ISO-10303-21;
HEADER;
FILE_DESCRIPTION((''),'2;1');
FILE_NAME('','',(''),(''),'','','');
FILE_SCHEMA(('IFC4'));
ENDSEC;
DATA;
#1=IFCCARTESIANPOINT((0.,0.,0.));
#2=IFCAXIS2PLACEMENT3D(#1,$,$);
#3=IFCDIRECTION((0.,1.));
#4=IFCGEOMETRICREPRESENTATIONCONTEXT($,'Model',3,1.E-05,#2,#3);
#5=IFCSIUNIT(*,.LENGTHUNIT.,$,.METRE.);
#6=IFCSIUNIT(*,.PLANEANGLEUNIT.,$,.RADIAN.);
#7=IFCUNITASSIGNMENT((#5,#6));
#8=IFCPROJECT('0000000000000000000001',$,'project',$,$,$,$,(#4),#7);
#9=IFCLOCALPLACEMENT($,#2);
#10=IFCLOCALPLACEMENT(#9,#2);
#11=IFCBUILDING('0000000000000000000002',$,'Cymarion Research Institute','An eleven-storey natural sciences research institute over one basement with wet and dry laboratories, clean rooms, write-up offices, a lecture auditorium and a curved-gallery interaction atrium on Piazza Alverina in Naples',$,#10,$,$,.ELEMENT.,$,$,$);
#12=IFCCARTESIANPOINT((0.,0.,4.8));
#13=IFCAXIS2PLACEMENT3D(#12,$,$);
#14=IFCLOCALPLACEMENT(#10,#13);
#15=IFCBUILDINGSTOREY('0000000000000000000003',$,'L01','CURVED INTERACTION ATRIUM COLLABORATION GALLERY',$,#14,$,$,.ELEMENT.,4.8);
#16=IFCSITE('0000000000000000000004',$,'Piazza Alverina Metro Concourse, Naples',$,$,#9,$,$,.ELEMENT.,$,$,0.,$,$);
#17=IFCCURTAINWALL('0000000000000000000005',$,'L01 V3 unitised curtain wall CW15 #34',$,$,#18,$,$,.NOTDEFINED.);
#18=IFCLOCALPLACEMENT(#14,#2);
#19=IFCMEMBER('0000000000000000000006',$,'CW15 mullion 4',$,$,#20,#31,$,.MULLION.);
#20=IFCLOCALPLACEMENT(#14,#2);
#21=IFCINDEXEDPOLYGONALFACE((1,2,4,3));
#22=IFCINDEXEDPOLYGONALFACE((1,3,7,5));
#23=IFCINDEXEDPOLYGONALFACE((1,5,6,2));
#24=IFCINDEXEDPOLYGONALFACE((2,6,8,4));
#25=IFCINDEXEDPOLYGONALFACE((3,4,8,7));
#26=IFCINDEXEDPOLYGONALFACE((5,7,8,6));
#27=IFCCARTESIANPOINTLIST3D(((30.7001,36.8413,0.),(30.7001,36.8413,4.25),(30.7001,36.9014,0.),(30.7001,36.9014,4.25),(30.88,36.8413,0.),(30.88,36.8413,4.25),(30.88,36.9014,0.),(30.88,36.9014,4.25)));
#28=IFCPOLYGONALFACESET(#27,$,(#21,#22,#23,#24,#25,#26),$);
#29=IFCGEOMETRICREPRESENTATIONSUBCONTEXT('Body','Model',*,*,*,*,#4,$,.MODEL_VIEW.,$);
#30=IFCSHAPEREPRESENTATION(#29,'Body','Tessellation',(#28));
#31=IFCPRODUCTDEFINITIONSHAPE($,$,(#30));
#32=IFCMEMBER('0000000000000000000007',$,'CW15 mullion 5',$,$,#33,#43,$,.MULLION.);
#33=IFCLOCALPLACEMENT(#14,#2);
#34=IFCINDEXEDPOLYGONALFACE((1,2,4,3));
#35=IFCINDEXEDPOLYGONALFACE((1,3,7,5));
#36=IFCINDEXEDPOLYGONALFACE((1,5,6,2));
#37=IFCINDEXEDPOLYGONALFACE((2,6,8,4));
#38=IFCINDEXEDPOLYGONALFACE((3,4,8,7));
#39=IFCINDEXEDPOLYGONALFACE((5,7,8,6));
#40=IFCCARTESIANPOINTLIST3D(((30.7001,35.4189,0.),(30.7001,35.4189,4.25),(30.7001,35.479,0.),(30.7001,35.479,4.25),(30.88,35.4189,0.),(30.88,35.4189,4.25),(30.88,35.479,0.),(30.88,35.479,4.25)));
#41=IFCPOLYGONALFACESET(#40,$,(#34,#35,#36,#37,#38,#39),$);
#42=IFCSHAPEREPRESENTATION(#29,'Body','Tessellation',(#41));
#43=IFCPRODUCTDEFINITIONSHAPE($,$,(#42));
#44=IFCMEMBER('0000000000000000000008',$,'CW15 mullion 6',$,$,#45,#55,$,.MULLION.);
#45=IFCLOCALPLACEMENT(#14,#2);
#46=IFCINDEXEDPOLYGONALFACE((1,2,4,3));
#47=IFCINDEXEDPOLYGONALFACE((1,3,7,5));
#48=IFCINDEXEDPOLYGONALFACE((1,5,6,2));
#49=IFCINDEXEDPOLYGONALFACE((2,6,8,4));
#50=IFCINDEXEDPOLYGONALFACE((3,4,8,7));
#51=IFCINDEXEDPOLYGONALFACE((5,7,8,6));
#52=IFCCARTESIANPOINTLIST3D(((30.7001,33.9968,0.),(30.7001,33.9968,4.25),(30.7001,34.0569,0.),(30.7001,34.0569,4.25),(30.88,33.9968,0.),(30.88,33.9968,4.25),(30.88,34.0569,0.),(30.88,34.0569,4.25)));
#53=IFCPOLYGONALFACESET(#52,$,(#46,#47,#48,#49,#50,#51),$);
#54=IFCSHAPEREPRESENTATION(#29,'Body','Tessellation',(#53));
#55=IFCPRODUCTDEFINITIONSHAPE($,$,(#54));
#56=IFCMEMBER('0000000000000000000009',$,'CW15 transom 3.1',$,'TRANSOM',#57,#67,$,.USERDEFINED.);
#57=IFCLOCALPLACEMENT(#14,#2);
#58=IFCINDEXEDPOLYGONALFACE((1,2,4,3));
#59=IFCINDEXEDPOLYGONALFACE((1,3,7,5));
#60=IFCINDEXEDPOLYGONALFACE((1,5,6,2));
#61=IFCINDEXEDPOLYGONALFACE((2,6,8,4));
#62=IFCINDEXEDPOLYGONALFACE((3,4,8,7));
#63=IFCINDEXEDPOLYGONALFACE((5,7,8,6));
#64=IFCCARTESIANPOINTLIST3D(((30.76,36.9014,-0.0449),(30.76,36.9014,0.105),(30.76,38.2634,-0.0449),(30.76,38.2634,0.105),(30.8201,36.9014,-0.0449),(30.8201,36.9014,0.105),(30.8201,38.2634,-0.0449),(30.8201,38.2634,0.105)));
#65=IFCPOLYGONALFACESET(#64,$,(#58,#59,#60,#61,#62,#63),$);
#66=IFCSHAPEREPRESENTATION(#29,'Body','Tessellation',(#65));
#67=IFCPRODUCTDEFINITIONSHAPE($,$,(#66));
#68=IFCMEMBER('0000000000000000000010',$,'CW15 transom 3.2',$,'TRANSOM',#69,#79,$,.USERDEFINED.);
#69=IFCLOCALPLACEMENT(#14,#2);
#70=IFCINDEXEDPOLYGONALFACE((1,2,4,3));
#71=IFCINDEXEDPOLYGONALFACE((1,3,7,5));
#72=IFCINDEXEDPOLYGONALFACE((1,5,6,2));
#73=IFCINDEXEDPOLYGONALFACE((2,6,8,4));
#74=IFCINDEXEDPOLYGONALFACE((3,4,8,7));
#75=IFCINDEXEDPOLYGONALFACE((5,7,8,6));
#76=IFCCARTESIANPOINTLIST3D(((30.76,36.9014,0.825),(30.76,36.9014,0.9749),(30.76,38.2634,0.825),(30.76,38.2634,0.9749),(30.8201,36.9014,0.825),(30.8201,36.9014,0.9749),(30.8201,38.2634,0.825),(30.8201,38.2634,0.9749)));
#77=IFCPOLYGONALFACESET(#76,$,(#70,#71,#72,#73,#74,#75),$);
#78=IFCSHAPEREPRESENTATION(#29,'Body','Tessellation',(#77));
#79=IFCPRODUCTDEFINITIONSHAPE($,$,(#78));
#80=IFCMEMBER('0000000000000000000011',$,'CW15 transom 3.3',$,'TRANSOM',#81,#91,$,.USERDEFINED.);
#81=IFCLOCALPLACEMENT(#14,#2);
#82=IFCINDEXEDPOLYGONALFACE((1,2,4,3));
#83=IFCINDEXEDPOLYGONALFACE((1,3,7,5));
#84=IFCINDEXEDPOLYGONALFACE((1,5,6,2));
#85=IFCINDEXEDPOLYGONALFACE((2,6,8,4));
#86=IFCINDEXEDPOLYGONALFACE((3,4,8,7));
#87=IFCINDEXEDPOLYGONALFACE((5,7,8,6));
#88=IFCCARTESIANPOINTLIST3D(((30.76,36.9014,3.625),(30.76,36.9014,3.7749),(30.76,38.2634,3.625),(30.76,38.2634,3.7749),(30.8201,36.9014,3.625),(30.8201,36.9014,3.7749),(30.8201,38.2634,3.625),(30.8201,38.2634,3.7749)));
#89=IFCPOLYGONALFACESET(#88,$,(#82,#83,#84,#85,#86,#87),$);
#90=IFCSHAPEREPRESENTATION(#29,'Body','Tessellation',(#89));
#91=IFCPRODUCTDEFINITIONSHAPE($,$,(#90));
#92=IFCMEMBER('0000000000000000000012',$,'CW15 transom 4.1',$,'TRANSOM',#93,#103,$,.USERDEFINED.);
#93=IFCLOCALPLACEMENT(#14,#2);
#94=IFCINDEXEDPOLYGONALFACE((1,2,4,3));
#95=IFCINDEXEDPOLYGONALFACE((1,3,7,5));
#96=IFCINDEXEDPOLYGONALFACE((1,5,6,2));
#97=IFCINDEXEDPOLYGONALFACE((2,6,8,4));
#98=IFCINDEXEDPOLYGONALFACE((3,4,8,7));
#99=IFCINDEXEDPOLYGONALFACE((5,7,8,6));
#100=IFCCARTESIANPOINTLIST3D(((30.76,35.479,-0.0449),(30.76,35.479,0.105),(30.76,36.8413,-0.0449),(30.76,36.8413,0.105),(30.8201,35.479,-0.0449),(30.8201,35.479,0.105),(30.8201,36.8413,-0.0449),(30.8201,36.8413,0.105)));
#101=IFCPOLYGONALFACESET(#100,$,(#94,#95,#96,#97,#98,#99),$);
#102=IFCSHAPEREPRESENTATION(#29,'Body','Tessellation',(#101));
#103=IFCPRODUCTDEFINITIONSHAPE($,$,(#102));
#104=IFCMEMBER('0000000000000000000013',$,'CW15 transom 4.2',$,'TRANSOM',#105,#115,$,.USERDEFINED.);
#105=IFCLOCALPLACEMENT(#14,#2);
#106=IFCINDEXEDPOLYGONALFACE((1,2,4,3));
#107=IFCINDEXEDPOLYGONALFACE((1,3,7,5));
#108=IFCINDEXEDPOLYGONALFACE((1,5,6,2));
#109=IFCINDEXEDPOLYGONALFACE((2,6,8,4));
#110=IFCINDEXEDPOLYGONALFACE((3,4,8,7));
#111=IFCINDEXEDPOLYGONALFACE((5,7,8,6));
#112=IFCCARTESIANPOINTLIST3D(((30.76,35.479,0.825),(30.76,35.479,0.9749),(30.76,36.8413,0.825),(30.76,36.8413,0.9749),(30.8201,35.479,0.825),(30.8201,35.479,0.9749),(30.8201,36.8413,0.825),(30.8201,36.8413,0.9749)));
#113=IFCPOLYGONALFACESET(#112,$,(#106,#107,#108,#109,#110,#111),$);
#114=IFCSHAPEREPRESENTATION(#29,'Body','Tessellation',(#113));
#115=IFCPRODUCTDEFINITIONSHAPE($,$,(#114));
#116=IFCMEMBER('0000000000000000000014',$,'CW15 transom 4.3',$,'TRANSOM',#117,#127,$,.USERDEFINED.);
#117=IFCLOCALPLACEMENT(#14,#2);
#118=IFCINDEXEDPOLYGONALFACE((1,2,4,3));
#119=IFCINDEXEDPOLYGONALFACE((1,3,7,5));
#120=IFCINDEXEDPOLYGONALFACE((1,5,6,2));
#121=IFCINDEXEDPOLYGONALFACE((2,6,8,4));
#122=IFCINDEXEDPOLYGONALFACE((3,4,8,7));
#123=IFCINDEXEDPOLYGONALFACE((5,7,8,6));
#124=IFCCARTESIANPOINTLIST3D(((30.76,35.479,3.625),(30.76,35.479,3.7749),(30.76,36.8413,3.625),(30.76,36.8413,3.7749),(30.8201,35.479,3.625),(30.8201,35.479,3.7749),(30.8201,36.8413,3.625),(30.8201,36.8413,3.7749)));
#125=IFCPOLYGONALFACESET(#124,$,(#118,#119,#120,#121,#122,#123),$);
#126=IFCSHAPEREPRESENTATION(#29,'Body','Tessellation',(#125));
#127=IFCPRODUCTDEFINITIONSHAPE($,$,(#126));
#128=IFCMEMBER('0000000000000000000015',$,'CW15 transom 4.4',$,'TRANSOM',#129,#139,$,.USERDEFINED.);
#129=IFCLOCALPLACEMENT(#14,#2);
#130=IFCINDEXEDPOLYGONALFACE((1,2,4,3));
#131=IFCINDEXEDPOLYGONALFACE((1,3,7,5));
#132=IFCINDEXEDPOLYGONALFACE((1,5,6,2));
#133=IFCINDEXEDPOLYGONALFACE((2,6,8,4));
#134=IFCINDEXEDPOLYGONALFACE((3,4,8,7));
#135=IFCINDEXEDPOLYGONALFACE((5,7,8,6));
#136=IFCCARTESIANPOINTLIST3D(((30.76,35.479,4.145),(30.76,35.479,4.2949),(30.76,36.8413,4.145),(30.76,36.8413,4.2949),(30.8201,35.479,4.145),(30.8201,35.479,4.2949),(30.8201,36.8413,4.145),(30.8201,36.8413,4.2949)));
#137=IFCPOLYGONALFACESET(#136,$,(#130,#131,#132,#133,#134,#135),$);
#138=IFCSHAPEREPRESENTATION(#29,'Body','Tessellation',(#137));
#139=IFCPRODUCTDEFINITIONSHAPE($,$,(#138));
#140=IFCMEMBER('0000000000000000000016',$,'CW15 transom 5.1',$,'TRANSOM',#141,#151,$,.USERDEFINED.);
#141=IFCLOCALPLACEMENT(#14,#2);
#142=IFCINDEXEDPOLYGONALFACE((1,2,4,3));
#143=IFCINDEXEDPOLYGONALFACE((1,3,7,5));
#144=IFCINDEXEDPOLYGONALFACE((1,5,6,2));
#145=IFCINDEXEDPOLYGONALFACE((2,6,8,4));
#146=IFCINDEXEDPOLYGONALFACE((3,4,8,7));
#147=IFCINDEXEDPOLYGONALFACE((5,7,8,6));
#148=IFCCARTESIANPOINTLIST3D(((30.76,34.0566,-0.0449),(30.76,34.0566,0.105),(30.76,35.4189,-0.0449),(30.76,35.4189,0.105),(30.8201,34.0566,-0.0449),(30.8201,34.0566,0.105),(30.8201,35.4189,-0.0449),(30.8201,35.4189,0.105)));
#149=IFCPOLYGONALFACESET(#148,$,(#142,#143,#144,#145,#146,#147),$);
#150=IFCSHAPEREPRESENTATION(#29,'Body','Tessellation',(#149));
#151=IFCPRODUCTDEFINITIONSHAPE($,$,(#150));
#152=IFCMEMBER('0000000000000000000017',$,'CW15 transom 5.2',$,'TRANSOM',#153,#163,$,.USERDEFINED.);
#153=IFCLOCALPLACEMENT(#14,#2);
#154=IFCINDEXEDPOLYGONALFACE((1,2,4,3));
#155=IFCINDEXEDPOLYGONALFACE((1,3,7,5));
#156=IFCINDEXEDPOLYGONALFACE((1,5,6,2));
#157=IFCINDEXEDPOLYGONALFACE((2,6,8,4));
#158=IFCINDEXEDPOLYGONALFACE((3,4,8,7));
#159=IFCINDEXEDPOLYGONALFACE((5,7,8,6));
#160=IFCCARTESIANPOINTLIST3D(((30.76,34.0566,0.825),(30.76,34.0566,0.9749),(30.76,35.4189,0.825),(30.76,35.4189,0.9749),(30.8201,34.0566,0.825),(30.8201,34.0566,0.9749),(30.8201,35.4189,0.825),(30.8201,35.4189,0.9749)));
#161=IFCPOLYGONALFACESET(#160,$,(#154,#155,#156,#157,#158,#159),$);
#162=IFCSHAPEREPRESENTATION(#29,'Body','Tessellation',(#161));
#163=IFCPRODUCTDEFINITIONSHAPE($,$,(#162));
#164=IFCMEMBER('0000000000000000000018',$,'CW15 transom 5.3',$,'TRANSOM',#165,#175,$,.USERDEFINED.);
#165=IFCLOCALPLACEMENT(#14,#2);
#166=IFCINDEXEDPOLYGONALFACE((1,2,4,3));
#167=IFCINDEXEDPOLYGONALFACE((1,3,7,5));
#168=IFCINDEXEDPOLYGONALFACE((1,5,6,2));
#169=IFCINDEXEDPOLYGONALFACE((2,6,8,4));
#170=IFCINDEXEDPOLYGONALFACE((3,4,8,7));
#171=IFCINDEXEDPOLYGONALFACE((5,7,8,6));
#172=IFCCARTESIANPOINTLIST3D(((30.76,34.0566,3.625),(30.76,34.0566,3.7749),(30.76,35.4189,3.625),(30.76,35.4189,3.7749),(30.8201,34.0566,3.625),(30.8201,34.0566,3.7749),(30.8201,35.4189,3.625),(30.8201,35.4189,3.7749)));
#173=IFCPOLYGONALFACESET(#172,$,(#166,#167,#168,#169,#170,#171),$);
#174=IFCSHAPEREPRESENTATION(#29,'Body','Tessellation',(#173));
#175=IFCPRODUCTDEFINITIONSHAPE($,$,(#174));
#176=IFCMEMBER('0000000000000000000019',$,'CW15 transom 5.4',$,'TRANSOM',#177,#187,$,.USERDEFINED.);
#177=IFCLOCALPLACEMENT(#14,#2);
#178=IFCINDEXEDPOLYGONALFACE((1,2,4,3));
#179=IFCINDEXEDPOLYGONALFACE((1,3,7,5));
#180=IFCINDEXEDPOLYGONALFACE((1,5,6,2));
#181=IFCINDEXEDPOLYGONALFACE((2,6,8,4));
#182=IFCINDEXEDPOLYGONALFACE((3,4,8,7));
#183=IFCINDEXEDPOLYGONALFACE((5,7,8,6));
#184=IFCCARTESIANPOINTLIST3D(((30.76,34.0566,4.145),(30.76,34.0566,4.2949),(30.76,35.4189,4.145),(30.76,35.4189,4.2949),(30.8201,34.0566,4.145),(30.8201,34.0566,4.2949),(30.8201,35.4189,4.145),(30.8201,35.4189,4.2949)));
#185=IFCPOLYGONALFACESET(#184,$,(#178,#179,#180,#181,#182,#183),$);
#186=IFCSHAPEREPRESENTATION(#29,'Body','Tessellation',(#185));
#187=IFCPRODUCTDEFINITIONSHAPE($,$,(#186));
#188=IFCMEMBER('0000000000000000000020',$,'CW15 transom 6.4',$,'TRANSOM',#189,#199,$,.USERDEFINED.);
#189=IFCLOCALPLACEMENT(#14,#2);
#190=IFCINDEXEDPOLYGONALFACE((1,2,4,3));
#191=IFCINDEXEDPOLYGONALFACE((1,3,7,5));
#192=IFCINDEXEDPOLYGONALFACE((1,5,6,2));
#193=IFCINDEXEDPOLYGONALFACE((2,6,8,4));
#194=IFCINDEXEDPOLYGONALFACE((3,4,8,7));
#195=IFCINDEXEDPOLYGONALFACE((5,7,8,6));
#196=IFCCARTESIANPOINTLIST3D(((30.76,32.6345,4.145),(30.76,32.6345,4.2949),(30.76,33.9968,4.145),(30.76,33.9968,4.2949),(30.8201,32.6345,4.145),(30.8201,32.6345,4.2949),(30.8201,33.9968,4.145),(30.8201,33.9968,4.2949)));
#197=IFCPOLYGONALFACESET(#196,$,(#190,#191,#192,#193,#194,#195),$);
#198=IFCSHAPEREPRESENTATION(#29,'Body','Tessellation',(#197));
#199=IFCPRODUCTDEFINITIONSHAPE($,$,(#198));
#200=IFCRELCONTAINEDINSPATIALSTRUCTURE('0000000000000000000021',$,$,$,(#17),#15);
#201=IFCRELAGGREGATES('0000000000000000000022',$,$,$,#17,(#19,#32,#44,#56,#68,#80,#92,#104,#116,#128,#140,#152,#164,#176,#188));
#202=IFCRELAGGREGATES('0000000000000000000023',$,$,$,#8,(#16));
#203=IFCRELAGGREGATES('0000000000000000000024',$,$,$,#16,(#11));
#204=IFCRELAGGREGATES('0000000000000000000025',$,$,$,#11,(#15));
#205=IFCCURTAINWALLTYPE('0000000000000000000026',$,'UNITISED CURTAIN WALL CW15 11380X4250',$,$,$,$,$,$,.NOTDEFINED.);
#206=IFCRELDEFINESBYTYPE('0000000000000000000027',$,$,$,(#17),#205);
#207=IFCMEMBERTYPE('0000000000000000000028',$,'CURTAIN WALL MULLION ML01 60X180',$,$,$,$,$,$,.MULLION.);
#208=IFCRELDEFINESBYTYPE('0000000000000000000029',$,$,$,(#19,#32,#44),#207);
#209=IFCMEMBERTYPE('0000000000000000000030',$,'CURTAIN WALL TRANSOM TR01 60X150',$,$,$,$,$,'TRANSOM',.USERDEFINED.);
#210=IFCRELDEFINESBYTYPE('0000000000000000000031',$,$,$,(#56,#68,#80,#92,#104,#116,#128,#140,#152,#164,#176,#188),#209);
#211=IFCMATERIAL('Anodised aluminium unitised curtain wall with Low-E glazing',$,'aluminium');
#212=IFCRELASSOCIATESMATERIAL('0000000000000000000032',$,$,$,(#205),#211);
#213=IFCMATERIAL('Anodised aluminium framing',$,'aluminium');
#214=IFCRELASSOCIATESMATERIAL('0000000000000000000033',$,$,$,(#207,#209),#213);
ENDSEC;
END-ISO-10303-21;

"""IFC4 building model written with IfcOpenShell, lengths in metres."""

from ifc_helpers import new_model, si_unit, direction, frame, origin, origin_2d, place, context, subcontext, project, spatial, rectangle, extrude, material, material_profile, profile_set, type_object, element, aggregate, save


model = new_model("IFC4")

# Units and contexts
model_context = context("Model", 3, precision=1e-05, world=origin(), true_north=direction((0.0, 1.0)))
body_context = subcontext(model_context, "Body", "Model", "MODEL_VIEW")
ifc_project = project(units=[si_unit("LENGTHUNIT", "METRE"), si_unit("PLANEANGLEUNIT", "RADIAN")], contexts=[model_context])

# Site, building, storey
site_placement = place(None, origin())
site = spatial("IfcSite", under=ifc_project, at=site_placement, Name="Piazza Alverina Metro Concourse, Naples", CompositionType="ELEMENT", RefElevation=0.0)
building_placement = place(site_placement, origin())
building = spatial("IfcBuilding", under=site, at=building_placement, Name="Cymarion Research Institute", Description="An eleven-storey natural sciences research institute over one basement with wet and dry laboratories, clean rooms, write-up offices, a lecture auditorium and a curved-gallery interaction atrium on Piazza Alverina in Naples", CompositionType="ELEMENT")
storey_placement = place(building_placement, frame((0.0, 0.0, 4.8)))
storey = spatial("IfcBuildingStorey", under=building, at=storey_placement, Name="L01", Description="CURVED INTERACTION ATRIUM COLLABORATION GALLERY", CompositionType="ELEMENT", Elevation=4.8)

# Curtain wall, members
ifc_material_1 = material(Name="Anodised aluminium unitised curtain wall with Low-E glazing", Category="aluminium")
curtain_wall_type = type_object("IfcCurtainWallType", Name="UNITISED CURTAIN WALL CW15 11380X4250", PredefinedType="NOTDEFINED", material=ifc_material_1)
curtain_wall_placement = place(storey_placement, origin())
curtain_wall = element("IfcCurtainWall", 1, at=curtain_wall_placement, inside=storey, type_object=curtain_wall_type, Name="L01 V3 unitised curtain wall CW15 #34", PredefinedType="NOTDEFINED")
ifc_material_2 = material(Name="Anodised aluminium framing", Category="aluminium")
ifc_material_profile_1 = material_profile(ifc_material_2, rectangle(XDim=0.0601, YDim=0.1799, at=origin_2d()), Name="ALU MULLION 60x180")
ifc_profile_set_1 = profile_set([ifc_material_profile_1], Name="Anodised aluminium framing")
member_type_1 = type_object("IfcMemberType", Name="CURTAIN WALL MULLION ML01 60X180", PredefinedType="MULLION", material=ifc_profile_set_1)
member_1_placement = place(storey_placement, frame((30.79, 36.8713, 0.0), z_axis=(0.0, 0.0, 1.0), x_axis=(0.0, -1.0, 0.0)))
member_1 = element("IfcMember", 2, at=member_1_placement, type_object=member_type_1, Name="CW15 mullion 4", PredefinedType="MULLION", context=body_context, shape_type="SweptSolid", body=[
    extrude(rectangle(XDim=0.0601, YDim=0.1799, at=origin_2d()), origin(), (0.0, 0.0, 1.0), 4.25),
])
member_2_placement = place(storey_placement, frame((30.79, 35.449, 0.0), z_axis=(0.0, 0.0, 1.0), x_axis=(0.0, -1.0, 0.0)))
member_2 = element("IfcMember", 3, at=member_2_placement, type_object=member_type_1, Name="CW15 mullion 5", PredefinedType="MULLION", context=body_context, shape_type="SweptSolid", body=[
    extrude(rectangle(XDim=0.0601, YDim=0.1799, at=origin_2d()), origin(), (0.0, 0.0, 1.0), 4.25),
])
member_3_placement = place(storey_placement, frame((30.79, 34.0269, 0.0), z_axis=(0.0, 0.0, 1.0), x_axis=(0.0, -1.0, 0.0)))
member_3 = element("IfcMember", 4, at=member_3_placement, type_object=member_type_1, Name="CW15 mullion 6", PredefinedType="MULLION", context=body_context, shape_type="SweptSolid", body=[
    extrude(rectangle(XDim=0.0601, YDim=0.1799, at=origin_2d()), origin(), (0.0, 0.0, 1.0), 4.25),
])
ifc_material_profile_2 = material_profile(ifc_material_2, rectangle(XDim=0.0601, YDim=0.1499, at=origin_2d()), Name="ALU TRANSOM 60x150")
ifc_profile_set_2 = profile_set([ifc_material_profile_2], Name="Anodised aluminium framing")
member_type_2 = type_object("IfcMemberType", Name="CURTAIN WALL TRANSOM TR01 60X150", ElementType="TRANSOM", PredefinedType="USERDEFINED", material=ifc_profile_set_2)
member_4_placement = place(storey_placement, frame((30.79, 38.2634, 0.03), z_axis=(0.0, -1.0, 0.0), x_axis=(1.0, 0.0, 0.0)))
member_4 = element("IfcMember", 5, at=member_4_placement, type_object=member_type_2, Name="CW15 transom 3.1", ObjectType="TRANSOM", PredefinedType="USERDEFINED", context=body_context, shape_type="SweptSolid", body=[
    extrude(rectangle(XDim=0.0601, YDim=0.1499, at=origin_2d()), origin(), (0.0, 0.0, 1.0), 1.3621),
])
member_5_placement = place(storey_placement, frame((30.79, 38.2634, 0.8999), z_axis=(0.0, -1.0, 0.0), x_axis=(1.0, 0.0, 0.0)))
member_5 = element("IfcMember", 6, at=member_5_placement, type_object=member_type_2, Name="CW15 transom 3.2", ObjectType="TRANSOM", PredefinedType="USERDEFINED", context=body_context, shape_type="SweptSolid", body=[
    extrude(rectangle(XDim=0.0601, YDim=0.1499, at=origin_2d()), origin(), (0.0, 0.0, 1.0), 1.3621),
])
member_6_placement = place(storey_placement, frame((30.79, 38.2634, 3.7), z_axis=(0.0, -1.0, 0.0), x_axis=(1.0, 0.0, 0.0)))
member_6 = element("IfcMember", 7, at=member_6_placement, type_object=member_type_2, Name="CW15 transom 3.3", ObjectType="TRANSOM", PredefinedType="USERDEFINED", context=body_context, shape_type="SweptSolid", body=[
    extrude(rectangle(XDim=0.0601, YDim=0.1499, at=origin_2d()), origin(), (0.0, 0.0, 1.0), 1.3621),
])
member_7_placement = place(storey_placement, frame((30.79, 36.8413, 0.03), z_axis=(0.0, -1.0, 0.0), x_axis=(1.0, 0.0, 0.0)))
member_7 = element("IfcMember", 8, at=member_7_placement, type_object=member_type_2, Name="CW15 transom 4.1", ObjectType="TRANSOM", PredefinedType="USERDEFINED", context=body_context, shape_type="SweptSolid", body=[
    extrude(rectangle(XDim=0.0601, YDim=0.1499, at=origin_2d()), origin(), (0.0, 0.0, 1.0), 1.3623),
])
member_8_placement = place(storey_placement, frame((30.79, 36.8413, 0.8999), z_axis=(0.0, -1.0, 0.0), x_axis=(1.0, 0.0, 0.0)))
member_8 = element("IfcMember", 9, at=member_8_placement, type_object=member_type_2, Name="CW15 transom 4.2", ObjectType="TRANSOM", PredefinedType="USERDEFINED", context=body_context, shape_type="SweptSolid", body=[
    extrude(rectangle(XDim=0.0601, YDim=0.1499, at=origin_2d()), origin(), (0.0, 0.0, 1.0), 1.3623),
])
member_9_placement = place(storey_placement, frame((30.79, 36.8413, 3.7), z_axis=(0.0, -1.0, 0.0), x_axis=(1.0, 0.0, 0.0)))
member_9 = element("IfcMember", 10, at=member_9_placement, type_object=member_type_2, Name="CW15 transom 4.3", ObjectType="TRANSOM", PredefinedType="USERDEFINED", context=body_context, shape_type="SweptSolid", body=[
    extrude(rectangle(XDim=0.0601, YDim=0.1499, at=origin_2d()), origin(), (0.0, 0.0, 1.0), 1.3623),
])
member_10_placement = place(storey_placement, frame((30.79, 36.8413, 4.22), z_axis=(0.0, -1.0, 0.0), x_axis=(1.0, 0.0, 0.0)))
member_10 = element("IfcMember", 11, at=member_10_placement, type_object=member_type_2, Name="CW15 transom 4.4", ObjectType="TRANSOM", PredefinedType="USERDEFINED", context=body_context, shape_type="SweptSolid", body=[
    extrude(rectangle(XDim=0.0601, YDim=0.1499, at=origin_2d()), origin(), (0.0, 0.0, 1.0), 1.3623),
])
member_11_placement = place(storey_placement, frame((30.79, 35.4189, 0.03), z_axis=(0.0, -1.0, 0.0), x_axis=(1.0, 0.0, 0.0)))
member_11 = element("IfcMember", 12, at=member_11_placement, type_object=member_type_2, Name="CW15 transom 5.1", ObjectType="TRANSOM", PredefinedType="USERDEFINED", context=body_context, shape_type="SweptSolid", body=[
    extrude(rectangle(XDim=0.0601, YDim=0.1499, at=origin_2d()), origin(), (0.0, 0.0, 1.0), 1.3623),
])
member_12_placement = place(storey_placement, frame((30.79, 35.4189, 0.8999), z_axis=(0.0, -1.0, 0.0), x_axis=(1.0, 0.0, 0.0)))
member_12 = element("IfcMember", 13, at=member_12_placement, type_object=member_type_2, Name="CW15 transom 5.2", ObjectType="TRANSOM", PredefinedType="USERDEFINED", context=body_context, shape_type="SweptSolid", body=[
    extrude(rectangle(XDim=0.0601, YDim=0.1499, at=origin_2d()), origin(), (0.0, 0.0, 1.0), 1.3623),
])
member_13_placement = place(storey_placement, frame((30.79, 35.4189, 3.7), z_axis=(0.0, -1.0, 0.0), x_axis=(1.0, 0.0, 0.0)))
member_13 = element("IfcMember", 14, at=member_13_placement, type_object=member_type_2, Name="CW15 transom 5.3", ObjectType="TRANSOM", PredefinedType="USERDEFINED", context=body_context, shape_type="SweptSolid", body=[
    extrude(rectangle(XDim=0.0601, YDim=0.1499, at=origin_2d()), origin(), (0.0, 0.0, 1.0), 1.3623),
])
member_14_placement = place(storey_placement, frame((30.79, 35.4189, 4.22), z_axis=(0.0, -1.0, 0.0), x_axis=(1.0, 0.0, 0.0)))
member_14 = element("IfcMember", 15, at=member_14_placement, type_object=member_type_2, Name="CW15 transom 5.4", ObjectType="TRANSOM", PredefinedType="USERDEFINED", context=body_context, shape_type="SweptSolid", body=[
    extrude(rectangle(XDim=0.0601, YDim=0.1499, at=origin_2d()), origin(), (0.0, 0.0, 1.0), 1.3623),
])
member_15_placement = place(storey_placement, frame((30.79, 33.9968, 4.22), z_axis=(0.0, -1.0, 0.0), x_axis=(1.0, 0.0, 0.0)))
member_15 = element("IfcMember", 16, at=member_15_placement, type_object=member_type_2, Name="CW15 transom 6.4", ObjectType="TRANSOM", PredefinedType="USERDEFINED", context=body_context, shape_type="SweptSolid", body=[
    extrude(rectangle(XDim=0.0601, YDim=0.1499, at=origin_2d()), origin(), (0.0, 0.0, 1.0), 1.3623),
])
aggregate(curtain_wall, [member_1, member_2, member_3, member_4, member_5, member_6, member_7, member_8, member_9, member_10, member_11, member_12, member_13, member_14, member_15])

save(model, "model.ifc")
